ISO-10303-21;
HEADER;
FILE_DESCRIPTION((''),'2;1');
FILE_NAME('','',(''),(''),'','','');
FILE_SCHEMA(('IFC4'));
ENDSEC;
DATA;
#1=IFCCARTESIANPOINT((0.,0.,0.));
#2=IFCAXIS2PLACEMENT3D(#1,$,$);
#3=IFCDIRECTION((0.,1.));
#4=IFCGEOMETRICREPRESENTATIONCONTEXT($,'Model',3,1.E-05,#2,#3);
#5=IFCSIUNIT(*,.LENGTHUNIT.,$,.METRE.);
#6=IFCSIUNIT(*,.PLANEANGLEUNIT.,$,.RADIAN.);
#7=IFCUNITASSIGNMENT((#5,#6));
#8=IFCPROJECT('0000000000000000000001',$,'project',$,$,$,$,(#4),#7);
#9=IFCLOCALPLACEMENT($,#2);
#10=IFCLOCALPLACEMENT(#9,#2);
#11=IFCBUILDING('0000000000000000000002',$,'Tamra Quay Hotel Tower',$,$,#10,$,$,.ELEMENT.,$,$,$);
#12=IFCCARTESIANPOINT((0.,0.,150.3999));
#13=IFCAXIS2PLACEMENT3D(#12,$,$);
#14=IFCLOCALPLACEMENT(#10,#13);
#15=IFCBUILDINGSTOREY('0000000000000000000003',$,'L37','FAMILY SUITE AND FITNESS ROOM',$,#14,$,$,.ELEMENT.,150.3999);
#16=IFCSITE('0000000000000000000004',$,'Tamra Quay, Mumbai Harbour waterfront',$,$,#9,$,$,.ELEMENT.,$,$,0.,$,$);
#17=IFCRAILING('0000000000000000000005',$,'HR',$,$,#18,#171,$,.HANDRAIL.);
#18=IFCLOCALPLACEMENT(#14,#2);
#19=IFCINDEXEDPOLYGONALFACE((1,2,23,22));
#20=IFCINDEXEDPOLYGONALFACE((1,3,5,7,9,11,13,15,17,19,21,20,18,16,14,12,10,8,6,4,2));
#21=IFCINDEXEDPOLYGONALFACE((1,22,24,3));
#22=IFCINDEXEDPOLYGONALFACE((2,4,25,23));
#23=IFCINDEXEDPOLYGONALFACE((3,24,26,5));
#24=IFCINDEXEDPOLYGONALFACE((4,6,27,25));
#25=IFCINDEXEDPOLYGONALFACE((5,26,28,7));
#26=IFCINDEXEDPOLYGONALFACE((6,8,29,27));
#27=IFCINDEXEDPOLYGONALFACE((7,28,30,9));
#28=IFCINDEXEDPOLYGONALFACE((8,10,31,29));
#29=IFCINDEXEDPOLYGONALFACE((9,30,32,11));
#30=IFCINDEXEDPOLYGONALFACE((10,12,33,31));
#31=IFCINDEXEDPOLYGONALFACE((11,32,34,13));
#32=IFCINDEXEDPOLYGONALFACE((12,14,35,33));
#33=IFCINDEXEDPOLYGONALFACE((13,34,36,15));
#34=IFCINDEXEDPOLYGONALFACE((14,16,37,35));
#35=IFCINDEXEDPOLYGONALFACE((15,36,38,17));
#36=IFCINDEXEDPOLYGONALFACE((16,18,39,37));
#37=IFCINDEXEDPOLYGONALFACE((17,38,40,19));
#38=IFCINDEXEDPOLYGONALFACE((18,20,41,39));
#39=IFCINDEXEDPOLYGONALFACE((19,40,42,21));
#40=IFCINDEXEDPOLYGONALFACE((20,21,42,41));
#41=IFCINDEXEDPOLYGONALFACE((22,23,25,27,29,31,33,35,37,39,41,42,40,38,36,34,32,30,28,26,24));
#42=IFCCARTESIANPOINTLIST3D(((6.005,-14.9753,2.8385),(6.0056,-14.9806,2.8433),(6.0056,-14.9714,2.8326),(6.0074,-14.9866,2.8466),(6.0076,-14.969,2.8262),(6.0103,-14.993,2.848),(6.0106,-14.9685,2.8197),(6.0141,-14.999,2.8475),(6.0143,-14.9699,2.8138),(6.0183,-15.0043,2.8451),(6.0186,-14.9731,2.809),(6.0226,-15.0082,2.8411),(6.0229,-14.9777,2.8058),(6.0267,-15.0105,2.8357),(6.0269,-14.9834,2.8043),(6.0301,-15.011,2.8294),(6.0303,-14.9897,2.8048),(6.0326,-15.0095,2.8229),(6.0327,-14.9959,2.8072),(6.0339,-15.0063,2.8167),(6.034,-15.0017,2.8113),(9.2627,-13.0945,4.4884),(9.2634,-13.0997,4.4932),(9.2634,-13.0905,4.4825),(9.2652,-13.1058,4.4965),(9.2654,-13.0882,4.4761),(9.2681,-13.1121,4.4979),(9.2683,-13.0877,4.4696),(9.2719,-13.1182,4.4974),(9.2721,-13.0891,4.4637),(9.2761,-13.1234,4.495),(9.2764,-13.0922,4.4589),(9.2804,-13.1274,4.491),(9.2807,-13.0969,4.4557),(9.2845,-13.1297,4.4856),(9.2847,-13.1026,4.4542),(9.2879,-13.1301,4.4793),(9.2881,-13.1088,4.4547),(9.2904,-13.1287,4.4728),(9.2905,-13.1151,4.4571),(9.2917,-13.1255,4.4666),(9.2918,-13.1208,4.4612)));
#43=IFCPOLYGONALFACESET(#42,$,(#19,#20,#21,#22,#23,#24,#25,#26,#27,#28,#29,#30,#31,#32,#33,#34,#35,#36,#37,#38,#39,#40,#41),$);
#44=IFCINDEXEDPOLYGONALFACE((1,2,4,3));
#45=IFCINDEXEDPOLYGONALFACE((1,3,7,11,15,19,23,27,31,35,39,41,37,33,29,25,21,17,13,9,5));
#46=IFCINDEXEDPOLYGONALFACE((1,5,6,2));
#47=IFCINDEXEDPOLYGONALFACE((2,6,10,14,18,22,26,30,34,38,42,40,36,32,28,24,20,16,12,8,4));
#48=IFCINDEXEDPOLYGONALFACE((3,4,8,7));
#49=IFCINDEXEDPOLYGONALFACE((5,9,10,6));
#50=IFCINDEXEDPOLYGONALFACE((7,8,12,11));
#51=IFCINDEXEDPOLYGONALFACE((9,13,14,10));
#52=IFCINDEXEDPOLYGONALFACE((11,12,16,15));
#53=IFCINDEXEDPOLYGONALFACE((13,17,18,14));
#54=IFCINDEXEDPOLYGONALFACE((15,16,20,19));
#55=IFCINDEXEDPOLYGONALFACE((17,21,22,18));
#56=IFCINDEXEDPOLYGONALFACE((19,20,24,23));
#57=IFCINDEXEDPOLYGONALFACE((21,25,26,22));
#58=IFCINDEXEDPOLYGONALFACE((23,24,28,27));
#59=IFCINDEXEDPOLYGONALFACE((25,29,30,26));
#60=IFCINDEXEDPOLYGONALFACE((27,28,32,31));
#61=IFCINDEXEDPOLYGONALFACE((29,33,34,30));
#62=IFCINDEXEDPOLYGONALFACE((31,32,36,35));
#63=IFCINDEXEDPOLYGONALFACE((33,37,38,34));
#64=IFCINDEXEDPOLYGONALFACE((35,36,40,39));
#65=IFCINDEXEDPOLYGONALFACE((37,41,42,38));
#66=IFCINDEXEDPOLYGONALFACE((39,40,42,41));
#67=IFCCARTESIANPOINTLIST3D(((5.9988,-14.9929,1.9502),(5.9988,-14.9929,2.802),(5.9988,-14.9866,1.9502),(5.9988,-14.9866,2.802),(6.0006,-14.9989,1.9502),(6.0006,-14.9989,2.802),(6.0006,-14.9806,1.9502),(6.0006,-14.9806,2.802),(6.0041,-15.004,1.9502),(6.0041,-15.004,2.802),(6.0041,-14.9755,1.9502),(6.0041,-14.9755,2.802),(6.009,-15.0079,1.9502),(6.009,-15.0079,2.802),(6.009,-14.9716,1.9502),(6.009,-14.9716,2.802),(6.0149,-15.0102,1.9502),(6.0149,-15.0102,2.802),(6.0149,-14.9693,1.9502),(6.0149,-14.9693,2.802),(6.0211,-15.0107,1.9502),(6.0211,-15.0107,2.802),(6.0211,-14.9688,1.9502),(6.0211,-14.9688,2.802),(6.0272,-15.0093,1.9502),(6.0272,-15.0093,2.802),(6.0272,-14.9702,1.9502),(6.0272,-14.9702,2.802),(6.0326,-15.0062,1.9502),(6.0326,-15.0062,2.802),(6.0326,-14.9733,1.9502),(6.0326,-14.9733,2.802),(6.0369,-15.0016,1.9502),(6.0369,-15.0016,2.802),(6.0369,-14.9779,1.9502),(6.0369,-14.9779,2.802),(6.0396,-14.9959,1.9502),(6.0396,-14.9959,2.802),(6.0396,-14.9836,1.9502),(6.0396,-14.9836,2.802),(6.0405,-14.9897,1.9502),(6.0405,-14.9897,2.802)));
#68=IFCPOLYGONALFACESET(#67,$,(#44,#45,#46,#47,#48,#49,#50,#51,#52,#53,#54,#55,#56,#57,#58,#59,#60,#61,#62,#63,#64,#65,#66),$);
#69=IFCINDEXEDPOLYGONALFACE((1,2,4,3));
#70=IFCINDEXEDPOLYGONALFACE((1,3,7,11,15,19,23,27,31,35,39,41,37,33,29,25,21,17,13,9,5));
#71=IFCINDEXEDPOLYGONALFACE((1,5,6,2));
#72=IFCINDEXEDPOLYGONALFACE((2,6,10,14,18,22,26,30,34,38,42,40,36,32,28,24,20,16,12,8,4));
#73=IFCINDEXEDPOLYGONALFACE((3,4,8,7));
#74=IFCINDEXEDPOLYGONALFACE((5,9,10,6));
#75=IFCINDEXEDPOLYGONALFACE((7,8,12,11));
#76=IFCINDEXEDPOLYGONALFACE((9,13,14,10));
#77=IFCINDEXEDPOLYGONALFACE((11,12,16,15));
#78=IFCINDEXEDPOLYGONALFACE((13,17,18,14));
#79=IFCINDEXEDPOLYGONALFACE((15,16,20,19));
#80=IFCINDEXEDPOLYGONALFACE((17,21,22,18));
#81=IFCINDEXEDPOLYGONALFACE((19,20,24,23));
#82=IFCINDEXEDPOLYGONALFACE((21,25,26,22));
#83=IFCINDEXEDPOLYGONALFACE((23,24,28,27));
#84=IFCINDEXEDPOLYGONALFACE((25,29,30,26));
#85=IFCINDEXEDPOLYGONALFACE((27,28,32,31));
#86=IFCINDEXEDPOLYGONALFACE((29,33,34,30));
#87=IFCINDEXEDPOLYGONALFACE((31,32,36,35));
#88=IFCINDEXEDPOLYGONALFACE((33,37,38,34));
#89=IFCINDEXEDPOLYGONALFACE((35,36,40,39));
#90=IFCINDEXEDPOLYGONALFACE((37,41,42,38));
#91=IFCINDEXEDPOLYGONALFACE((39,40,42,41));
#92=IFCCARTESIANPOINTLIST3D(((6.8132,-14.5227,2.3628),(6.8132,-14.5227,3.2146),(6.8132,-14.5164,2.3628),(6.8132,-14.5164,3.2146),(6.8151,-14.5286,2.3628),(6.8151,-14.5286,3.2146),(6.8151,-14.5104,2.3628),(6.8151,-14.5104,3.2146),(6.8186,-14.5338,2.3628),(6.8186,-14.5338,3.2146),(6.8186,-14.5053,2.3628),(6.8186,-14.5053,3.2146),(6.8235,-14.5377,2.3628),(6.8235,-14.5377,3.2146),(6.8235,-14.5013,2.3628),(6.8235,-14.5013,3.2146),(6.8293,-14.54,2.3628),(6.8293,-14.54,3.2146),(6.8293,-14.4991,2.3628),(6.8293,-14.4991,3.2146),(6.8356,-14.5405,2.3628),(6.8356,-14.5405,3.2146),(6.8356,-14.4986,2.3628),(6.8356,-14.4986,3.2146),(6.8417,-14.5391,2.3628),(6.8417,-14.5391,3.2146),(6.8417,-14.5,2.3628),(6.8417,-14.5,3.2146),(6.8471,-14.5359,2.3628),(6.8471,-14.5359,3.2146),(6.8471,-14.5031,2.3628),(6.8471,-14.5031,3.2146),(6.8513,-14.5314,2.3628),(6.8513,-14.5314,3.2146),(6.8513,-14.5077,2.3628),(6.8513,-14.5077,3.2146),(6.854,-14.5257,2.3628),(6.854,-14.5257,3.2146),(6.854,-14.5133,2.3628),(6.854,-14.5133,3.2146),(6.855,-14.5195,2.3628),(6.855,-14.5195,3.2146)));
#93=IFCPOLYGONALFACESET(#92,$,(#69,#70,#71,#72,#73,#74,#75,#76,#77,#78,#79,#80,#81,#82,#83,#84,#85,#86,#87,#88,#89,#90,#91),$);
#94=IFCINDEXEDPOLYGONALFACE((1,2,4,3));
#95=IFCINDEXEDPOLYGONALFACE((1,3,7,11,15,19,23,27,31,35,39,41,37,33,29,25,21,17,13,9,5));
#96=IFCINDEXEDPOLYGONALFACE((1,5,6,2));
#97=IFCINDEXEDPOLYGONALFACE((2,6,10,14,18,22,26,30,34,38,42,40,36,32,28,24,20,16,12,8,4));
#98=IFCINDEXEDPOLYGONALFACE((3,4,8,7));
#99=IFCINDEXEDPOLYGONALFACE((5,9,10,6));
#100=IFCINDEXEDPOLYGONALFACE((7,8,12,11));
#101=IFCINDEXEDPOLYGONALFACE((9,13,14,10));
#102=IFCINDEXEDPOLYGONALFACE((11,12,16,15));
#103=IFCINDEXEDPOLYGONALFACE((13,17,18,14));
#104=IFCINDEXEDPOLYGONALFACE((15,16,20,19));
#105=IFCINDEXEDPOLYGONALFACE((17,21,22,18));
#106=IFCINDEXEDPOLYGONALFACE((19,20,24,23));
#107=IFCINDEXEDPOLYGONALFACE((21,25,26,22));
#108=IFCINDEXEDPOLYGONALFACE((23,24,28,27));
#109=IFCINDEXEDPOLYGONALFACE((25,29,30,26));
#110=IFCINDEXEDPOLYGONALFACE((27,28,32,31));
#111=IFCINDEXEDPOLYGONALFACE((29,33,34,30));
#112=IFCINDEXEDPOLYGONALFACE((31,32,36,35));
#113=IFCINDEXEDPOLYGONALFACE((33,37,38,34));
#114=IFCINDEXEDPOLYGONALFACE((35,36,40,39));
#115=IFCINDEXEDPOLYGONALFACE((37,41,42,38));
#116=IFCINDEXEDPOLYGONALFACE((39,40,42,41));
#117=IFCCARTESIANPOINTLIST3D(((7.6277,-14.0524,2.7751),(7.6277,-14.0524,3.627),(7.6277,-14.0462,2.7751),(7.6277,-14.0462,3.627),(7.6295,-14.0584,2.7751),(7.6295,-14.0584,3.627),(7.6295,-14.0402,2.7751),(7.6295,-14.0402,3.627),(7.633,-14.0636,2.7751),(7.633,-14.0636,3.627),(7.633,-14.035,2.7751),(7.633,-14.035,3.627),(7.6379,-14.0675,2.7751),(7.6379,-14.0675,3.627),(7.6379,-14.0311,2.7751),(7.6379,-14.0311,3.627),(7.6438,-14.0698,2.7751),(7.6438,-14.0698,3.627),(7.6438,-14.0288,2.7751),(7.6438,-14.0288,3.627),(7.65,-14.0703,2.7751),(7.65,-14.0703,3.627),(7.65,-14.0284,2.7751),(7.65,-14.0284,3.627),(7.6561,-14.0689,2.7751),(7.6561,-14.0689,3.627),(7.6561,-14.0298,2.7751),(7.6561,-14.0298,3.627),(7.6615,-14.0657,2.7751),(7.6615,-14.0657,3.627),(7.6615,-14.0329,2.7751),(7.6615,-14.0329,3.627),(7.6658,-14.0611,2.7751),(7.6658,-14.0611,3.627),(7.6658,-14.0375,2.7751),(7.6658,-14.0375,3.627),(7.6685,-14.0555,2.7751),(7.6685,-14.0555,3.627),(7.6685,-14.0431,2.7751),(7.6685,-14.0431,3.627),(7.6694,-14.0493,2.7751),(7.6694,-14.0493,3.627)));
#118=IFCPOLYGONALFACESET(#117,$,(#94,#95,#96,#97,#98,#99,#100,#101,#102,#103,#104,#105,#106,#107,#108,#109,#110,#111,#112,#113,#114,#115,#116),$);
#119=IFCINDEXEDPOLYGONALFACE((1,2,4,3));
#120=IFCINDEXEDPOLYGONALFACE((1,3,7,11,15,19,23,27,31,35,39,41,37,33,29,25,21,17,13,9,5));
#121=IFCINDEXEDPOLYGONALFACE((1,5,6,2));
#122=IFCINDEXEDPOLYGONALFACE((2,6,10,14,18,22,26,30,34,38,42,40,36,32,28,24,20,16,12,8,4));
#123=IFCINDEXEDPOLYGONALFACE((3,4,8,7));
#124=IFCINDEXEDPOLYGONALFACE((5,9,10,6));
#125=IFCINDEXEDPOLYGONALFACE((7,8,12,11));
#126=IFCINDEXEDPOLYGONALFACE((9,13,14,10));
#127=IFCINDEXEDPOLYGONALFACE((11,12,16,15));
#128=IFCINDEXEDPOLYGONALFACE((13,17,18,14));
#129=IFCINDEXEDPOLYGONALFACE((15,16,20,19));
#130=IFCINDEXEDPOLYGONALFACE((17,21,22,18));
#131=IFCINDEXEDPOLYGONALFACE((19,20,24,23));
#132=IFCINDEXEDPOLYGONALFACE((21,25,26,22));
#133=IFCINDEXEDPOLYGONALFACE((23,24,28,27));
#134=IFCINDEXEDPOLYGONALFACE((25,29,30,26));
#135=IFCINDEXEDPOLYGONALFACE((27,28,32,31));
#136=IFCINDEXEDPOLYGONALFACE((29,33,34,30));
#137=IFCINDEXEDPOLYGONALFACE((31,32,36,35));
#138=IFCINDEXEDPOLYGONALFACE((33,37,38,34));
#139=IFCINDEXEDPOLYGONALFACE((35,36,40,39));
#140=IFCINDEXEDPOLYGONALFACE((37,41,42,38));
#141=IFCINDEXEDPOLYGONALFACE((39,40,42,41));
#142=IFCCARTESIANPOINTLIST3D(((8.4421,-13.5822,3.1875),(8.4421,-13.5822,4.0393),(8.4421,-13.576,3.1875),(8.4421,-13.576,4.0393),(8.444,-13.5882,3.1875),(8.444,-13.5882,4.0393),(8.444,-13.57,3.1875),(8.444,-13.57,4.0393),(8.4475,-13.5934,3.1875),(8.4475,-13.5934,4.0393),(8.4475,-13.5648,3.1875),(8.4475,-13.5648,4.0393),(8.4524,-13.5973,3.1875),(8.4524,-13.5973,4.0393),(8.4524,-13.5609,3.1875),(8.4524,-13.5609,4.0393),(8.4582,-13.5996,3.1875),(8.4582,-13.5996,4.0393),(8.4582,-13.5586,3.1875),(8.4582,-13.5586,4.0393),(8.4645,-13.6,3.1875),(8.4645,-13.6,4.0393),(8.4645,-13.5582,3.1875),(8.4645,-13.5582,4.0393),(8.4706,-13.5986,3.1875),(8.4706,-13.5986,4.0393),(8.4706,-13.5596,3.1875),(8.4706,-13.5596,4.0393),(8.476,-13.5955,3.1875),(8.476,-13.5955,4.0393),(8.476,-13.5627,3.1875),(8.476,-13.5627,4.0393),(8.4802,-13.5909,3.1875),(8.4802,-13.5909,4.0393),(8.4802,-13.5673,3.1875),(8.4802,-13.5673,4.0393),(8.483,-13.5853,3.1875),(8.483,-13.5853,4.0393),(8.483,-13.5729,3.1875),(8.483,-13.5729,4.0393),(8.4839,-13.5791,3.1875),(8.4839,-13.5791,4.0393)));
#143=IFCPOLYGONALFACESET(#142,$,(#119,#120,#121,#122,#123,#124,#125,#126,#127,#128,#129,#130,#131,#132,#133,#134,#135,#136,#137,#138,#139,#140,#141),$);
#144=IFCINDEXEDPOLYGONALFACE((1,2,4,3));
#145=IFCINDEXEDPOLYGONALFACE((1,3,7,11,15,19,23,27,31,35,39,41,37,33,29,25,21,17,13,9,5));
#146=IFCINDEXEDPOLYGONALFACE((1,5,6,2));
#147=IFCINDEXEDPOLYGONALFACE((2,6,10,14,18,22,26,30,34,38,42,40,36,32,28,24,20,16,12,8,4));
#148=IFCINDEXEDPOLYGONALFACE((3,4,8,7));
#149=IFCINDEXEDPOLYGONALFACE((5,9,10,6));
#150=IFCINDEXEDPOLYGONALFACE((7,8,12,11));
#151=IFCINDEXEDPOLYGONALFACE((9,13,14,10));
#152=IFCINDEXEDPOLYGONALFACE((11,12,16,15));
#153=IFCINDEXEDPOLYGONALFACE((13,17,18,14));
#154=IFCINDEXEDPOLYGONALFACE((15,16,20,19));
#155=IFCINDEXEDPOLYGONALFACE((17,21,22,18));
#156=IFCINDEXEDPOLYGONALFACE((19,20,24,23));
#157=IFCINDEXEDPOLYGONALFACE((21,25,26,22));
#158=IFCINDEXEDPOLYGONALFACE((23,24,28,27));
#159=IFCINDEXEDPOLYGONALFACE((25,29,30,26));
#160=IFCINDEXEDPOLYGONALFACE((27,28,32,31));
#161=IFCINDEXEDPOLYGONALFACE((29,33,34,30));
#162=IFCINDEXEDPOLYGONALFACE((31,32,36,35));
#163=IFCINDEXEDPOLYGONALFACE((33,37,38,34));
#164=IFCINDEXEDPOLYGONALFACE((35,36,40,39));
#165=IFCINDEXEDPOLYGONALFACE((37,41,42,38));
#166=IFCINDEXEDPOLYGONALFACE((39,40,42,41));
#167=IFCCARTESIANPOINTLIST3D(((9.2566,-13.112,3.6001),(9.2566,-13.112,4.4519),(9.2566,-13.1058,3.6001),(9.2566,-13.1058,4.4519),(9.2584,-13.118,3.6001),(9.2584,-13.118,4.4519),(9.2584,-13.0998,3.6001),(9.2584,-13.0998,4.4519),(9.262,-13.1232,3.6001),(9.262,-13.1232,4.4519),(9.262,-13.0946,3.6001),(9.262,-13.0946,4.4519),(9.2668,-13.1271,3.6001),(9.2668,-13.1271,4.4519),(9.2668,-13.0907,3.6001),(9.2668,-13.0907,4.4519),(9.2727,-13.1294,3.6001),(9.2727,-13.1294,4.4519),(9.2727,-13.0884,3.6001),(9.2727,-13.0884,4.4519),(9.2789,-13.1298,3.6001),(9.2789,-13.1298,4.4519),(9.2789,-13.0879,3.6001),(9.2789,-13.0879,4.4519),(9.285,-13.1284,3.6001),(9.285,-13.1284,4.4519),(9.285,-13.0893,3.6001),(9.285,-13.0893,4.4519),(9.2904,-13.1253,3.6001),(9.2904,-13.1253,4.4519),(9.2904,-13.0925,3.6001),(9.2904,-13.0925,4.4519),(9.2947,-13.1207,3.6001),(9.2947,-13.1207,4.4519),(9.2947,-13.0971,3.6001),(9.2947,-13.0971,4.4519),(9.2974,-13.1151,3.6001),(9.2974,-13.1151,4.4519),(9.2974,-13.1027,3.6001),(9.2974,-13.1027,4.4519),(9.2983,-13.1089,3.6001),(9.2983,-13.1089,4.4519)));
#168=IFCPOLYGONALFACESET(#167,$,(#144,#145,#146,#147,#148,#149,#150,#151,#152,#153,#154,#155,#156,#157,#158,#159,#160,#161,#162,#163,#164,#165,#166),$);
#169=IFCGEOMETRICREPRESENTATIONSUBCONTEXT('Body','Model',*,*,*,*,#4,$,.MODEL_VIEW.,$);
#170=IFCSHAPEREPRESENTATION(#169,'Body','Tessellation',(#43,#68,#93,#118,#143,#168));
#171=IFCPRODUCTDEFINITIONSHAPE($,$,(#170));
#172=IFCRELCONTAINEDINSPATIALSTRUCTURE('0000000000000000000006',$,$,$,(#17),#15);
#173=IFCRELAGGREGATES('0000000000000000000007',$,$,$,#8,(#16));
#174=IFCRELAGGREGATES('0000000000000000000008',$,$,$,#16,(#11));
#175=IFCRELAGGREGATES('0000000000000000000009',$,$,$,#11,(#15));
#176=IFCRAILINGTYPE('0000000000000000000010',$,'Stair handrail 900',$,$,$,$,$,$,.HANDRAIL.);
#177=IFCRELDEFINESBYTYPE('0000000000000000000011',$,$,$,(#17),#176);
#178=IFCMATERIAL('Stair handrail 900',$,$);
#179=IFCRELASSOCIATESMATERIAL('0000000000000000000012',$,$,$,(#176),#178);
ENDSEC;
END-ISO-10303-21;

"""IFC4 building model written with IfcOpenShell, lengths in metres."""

from ifc_helpers import new_model, si_unit, direction, frame, origin, origin_2d, place, context, subcontext, project, spatial, circle, extrude, material, type_object, element, save


model = new_model("IFC4")

# Units and contexts
model_context = context("Model", 3, precision=1e-05, world=origin(), true_north=direction((0.0, 1.0)))
body_context = subcontext(model_context, "Body", "Model", "MODEL_VIEW")
ifc_project = project(units=[si_unit("LENGTHUNIT", "METRE"), si_unit("PLANEANGLEUNIT", "RADIAN")], contexts=[model_context])

# Site, building, storey
site_placement = place(None, origin())
site = spatial("IfcSite", under=ifc_project, at=site_placement, Name="Tamra Quay, Mumbai Harbour waterfront", CompositionType="ELEMENT", RefElevation=0.0)
building_placement = place(site_placement, origin())
building = spatial("IfcBuilding", under=site, at=building_placement, Name="Tamra Quay Hotel Tower", CompositionType="ELEMENT")
storey_placement = place(building_placement, frame((0.0, 0.0, 150.3999)))
storey = spatial("IfcBuildingStorey", under=building, at=storey_placement, Name="L37", Description="FAMILY SUITE AND FITNESS ROOM", CompositionType="ELEMENT", Elevation=150.3999)

# Railing
ifc_material_1 = material(Name="Stair handrail 900")
railing_type_1 = type_object("IfcRailingType", Name="Stair handrail 900", PredefinedType="HANDRAIL", material=ifc_material_1)
railing_1_placement = place(storey_placement, frame((6.0195, -14.9897, 1.9502)))
element("IfcRailing", 1, at=railing_1_placement, inside=storey, type_object=railing_type_1, Name="HR", PredefinedType="HANDRAIL", context=body_context, shape_type="SweptSolid", body=[
    extrude(circle(Radius=0.0239, at=origin_2d()), frame((0.0, 0.0, 0.876), z_axis=(0.7931, 0.457887, 0.401661), x_axis=(-0.499992, 0.86603, 0.0)), (0.0, 0.0, 1.0), 4.1077),
    extrude(circle(Radius=0.021, at=origin_2d()), origin(), (0.0, 0.0, 1.0), 0.8518),
    extrude(circle(Radius=0.021, at=origin_2d()), frame((0.8145, 0.4702, 0.4126)), (0.0, 0.0, 1.0), 0.8518),
    extrude(circle(Radius=0.021, at=origin_2d()), frame((1.6289, 0.9404, 0.825)), (0.0, 0.0, 1.0), 0.8518),
    extrude(circle(Radius=0.021, at=origin_2d()), frame((2.4434, 1.4106, 1.2373)), (0.0, 0.0, 1.0), 0.8518),
    extrude(circle(Radius=0.021, at=origin_2d()), frame((3.2578, 1.8809, 1.6499)), (0.0, 0.0, 1.0), 0.8518),
])

save(model, "model.ifc")
